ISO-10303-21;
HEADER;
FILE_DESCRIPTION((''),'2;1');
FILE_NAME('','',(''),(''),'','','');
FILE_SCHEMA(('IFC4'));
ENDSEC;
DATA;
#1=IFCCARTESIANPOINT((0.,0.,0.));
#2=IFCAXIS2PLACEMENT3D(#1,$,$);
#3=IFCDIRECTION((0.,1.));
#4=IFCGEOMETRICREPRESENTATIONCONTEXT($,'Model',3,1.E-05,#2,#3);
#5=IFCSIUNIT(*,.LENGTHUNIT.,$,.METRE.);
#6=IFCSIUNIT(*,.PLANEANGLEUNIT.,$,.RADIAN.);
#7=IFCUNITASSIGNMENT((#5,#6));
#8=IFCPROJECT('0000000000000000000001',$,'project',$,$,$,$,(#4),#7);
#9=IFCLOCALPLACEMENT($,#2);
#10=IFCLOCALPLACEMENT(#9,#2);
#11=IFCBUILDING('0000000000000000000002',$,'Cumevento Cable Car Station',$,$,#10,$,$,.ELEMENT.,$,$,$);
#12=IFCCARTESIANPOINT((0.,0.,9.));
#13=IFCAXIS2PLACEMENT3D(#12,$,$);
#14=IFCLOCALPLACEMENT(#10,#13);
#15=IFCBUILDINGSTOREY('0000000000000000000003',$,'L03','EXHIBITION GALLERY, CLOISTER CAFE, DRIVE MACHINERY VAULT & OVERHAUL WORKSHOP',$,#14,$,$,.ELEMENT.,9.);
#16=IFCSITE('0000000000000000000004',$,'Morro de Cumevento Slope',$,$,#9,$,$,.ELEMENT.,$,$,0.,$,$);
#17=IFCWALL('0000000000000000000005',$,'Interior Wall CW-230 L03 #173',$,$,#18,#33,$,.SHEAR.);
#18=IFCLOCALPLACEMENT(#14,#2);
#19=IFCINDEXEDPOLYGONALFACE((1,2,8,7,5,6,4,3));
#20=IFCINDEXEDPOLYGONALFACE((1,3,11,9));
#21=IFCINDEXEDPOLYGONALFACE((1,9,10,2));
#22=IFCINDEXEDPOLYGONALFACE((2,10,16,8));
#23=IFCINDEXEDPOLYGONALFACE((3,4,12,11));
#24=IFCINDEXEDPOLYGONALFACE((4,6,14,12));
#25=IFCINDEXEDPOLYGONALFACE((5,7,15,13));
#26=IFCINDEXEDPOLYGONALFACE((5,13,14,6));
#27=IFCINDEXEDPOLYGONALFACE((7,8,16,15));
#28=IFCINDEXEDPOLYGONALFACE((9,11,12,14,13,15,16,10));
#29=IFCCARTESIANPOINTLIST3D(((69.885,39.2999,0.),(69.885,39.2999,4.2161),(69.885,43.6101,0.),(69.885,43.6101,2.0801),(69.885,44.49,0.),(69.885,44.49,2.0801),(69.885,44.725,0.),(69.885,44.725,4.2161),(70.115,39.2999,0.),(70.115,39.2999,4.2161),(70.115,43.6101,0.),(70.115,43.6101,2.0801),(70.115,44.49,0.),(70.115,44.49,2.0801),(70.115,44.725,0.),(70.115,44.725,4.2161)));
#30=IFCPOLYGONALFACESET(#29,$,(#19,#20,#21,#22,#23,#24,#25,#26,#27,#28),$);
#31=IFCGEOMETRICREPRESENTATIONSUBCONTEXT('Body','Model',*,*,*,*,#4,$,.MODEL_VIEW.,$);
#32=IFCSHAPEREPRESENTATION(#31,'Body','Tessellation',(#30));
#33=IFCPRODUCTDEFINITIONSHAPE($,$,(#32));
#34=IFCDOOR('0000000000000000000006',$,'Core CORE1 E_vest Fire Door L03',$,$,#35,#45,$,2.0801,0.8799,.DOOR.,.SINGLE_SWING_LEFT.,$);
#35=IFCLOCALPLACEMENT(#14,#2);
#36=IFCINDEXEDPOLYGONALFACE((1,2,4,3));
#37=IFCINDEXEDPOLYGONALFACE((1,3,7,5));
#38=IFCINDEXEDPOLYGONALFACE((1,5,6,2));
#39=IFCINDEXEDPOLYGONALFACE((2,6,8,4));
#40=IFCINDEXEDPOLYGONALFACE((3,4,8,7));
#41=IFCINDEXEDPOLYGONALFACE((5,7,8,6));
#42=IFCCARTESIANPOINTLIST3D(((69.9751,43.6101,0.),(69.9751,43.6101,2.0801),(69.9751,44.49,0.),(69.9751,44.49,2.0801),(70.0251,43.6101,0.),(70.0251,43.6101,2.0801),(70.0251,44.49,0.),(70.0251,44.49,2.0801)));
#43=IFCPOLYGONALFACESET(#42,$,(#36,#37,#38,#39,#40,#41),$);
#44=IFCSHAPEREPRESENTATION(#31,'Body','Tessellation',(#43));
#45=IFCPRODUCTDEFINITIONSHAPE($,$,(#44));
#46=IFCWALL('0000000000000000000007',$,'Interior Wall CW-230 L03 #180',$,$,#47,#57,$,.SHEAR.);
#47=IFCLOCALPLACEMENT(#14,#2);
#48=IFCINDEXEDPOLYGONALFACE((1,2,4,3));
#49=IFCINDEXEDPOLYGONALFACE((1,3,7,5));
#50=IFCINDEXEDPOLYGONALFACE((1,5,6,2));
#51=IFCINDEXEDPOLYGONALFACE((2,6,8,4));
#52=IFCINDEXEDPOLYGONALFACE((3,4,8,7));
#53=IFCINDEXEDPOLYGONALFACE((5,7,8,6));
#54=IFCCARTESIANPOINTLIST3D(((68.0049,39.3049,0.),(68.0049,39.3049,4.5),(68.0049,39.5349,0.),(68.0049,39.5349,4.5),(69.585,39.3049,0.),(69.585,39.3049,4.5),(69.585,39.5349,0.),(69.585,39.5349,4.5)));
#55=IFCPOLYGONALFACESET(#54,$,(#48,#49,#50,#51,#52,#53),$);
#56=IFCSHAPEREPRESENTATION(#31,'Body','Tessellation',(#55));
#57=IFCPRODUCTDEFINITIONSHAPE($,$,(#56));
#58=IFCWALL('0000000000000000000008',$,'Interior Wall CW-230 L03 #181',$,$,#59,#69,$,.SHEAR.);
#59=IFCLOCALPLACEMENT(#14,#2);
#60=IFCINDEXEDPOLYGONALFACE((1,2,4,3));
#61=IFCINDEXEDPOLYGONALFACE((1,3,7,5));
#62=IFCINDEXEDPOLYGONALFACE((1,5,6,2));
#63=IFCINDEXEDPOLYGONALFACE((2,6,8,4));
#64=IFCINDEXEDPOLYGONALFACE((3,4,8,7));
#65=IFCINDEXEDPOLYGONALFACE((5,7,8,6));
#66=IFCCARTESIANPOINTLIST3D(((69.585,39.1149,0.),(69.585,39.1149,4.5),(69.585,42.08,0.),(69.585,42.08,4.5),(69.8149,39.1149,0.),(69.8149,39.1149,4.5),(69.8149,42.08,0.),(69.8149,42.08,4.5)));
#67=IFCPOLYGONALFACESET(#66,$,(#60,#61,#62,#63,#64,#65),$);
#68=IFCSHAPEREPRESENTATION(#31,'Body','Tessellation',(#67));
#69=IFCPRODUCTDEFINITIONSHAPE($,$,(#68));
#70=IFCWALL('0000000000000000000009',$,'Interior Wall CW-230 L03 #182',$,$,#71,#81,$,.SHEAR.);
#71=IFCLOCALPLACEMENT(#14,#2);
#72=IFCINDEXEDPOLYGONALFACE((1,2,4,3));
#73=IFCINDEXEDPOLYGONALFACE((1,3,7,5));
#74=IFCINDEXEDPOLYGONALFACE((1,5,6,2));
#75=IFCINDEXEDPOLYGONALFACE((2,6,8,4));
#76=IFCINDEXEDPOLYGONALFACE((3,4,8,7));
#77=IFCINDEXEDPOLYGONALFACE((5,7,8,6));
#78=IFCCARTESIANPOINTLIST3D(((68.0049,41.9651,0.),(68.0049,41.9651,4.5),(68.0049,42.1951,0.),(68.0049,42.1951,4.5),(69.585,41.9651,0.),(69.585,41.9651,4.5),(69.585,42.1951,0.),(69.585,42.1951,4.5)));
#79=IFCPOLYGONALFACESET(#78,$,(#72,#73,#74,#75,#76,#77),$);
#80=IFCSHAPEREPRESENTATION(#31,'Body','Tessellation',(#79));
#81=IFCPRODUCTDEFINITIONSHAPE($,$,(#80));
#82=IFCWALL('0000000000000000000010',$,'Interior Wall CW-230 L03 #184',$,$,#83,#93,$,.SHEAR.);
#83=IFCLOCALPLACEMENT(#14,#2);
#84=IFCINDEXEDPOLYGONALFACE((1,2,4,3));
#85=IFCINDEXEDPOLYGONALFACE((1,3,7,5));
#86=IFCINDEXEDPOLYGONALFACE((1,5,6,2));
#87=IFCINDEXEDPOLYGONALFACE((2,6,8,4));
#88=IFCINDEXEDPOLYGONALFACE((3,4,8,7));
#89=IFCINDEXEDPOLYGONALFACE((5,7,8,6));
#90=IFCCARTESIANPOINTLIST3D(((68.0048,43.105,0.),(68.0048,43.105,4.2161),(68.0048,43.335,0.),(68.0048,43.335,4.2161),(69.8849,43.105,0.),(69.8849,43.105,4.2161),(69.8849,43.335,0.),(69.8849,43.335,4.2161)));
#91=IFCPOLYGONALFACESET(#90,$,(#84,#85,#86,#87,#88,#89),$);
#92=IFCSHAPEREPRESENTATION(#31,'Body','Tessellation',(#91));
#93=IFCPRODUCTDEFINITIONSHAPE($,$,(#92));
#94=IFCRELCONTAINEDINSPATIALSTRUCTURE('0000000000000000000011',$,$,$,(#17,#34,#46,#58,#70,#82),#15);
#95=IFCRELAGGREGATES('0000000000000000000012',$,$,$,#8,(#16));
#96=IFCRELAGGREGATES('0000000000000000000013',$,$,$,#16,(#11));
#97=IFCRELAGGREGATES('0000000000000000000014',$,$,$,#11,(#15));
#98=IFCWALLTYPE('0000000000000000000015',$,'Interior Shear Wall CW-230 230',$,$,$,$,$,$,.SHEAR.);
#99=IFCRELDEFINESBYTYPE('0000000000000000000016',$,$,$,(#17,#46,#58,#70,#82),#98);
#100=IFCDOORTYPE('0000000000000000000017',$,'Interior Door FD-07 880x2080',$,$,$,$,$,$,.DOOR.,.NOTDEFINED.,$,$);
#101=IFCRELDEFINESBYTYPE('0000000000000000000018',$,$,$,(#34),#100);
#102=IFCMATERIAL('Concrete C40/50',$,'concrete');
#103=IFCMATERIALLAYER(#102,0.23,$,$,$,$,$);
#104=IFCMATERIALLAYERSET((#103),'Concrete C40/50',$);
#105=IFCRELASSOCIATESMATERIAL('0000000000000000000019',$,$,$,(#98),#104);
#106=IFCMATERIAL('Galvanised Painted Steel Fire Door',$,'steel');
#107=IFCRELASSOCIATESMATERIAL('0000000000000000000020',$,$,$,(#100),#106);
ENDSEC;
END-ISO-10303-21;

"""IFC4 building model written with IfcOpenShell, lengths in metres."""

from ifc_helpers import new_model, si_unit, direction, frame, frame_2d, origin, place, context, subcontext, project, spatial, rectangle, extrude, material, layer, layer_set, type_object, element, fill, save


model = new_model("IFC4")

# Units and contexts
model_context = context("Model", 3, precision=1e-05, world=origin(), true_north=direction((0.0, 1.0)))
body_context = subcontext(model_context, "Body", "Model", "MODEL_VIEW")
ifc_project = project(units=[si_unit("LENGTHUNIT", "METRE"), si_unit("PLANEANGLEUNIT", "RADIAN")], contexts=[model_context])

# Site, building, storey
site_placement = place(None, origin())
site = spatial("IfcSite", under=ifc_project, at=site_placement, Name="Morro de Cumevento Slope", CompositionType="ELEMENT", RefElevation=0.0)
building_placement = place(site_placement, origin())
building = spatial("IfcBuilding", under=site, at=building_placement, Name="Cumevento Cable Car Station", CompositionType="ELEMENT")
storey_placement = place(building_placement, frame((0.0, 0.0, 9.0)))
storey = spatial("IfcBuildingStorey", under=building, at=storey_placement, Name="L03", Description="EXHIBITION GALLERY, CLOISTER CAFE, DRIVE MACHINERY VAULT & OVERHAUL WORKSHOP", CompositionType="ELEMENT", Elevation=9.0)

# Wall, opening, door
ifc_material_1 = material(Name="Concrete C40/50", Category="concrete")
ifc_layer_1 = layer(ifc_material_1, 0.23)
ifc_layer_set_1 = layer_set([ifc_layer_1], Name="Concrete C40/50")
wall_type_1 = type_object("IfcWallType", Name="Interior Shear Wall CW-230 230", PredefinedType="SHEAR", material=ifc_layer_set_1)
wall_1_placement = place(storey_placement, frame((70.0, 39.3, 0.0), z_axis=(0.0, 0.0, 1.0), x_axis=(0.0, 1.0, 0.0)))
wall_1 = element("IfcWall", 1, at=wall_1_placement, inside=storey, type_object=wall_type_1, Name="Interior Wall CW-230 L03 #173", PredefinedType="SHEAR", context=body_context, shape_type="SweptSolid", body=[
    extrude(rectangle(XDim=5.425, YDim=0.23, at=frame_2d((2.7124, 0.0))), origin(), (0.0, 0.0, 1.0), 4.2161),
])
opening_1_placement = place(wall_1_placement, frame((4.3101, 0.0, 0.0)))
opening_1 = element("IfcOpeningElement", 2, at=opening_1_placement, cuts=wall_1, PredefinedType="OPENING", context=body_context, shape_type="SweptSolid", body=[
    extrude(rectangle(XDim=0.8799, YDim=2.0801, at=frame_2d((0.4399, 1.04))), frame((0.0, 0.125, 0.0), z_axis=(0.0, -1.0, 0.0), x_axis=(1.0, 0.0, 0.0)), (0.0, 0.0, 1.0), 0.25),
])
ifc_material_2 = material(Name="Galvanised Painted Steel Fire Door", Category="steel")
door_type_1 = type_object("IfcDoorType", Name="Interior Door FD-07 880x2080", OperationType="NOTDEFINED", PredefinedType="DOOR", material=ifc_material_2)
door_1_placement = place(opening_1_placement, origin())
door_1 = element("IfcDoor", 3, at=door_1_placement, inside=storey, type_object=door_type_1, Name="Core CORE1 E_vest Fire Door L03", OperationType="SINGLE_SWING_LEFT", OverallHeight=2.0801, OverallWidth=0.8799, PredefinedType="DOOR", context=body_context, shape_type="SweptSolid", body=[
    extrude(rectangle(XDim=0.8799, YDim=2.0801, at=frame_2d((0.4399, 1.04))), frame((0.0, 0.0249, 0.0), z_axis=(0.0, -1.0, 0.0), x_axis=(1.0, 0.0, 0.0)), (0.0, 0.0, 1.0), 0.05),
])
fill(opening_1, door_1)

# Walls
wall_2_placement = place(storey_placement, frame((68.0049, 39.4199, 0.0), z_axis=(0.0, 0.0, 1.0), x_axis=(1.0, 0.0, 0.0)))
element("IfcWall", 4, at=wall_2_placement, inside=storey, type_object=wall_type_1, Name="Interior Wall CW-230 L03 #180", PredefinedType="SHEAR", context=body_context, shape_type="SweptSolid", body=[
    extrude(rectangle(XDim=1.5801, YDim=0.23, at=frame_2d((0.79, 0.0))), origin(), (0.0, 0.0, 1.0), 4.5),
])
wall_3_placement = place(storey_placement, frame((69.7, 39.115, 0.0), z_axis=(0.0, 0.0, 1.0), x_axis=(0.0, 1.0, 0.0)))
element("IfcWall", 5, at=wall_3_placement, inside=storey, type_object=wall_type_1, Name="Interior Wall CW-230 L03 #181", PredefinedType="SHEAR", context=body_context, shape_type="SweptSolid", body=[
    extrude(rectangle(XDim=2.9651, YDim=0.23, at=frame_2d((1.4824, 0.0))), origin(), (0.0, 0.0, 1.0), 4.5),
])
wall_4_placement = place(storey_placement, frame((68.0049, 42.0801, 0.0), z_axis=(0.0, 0.0, 1.0), x_axis=(1.0, 0.0, 0.0)))
element("IfcWall", 6, at=wall_4_placement, inside=storey, type_object=wall_type_1, Name="Interior Wall CW-230 L03 #182", PredefinedType="SHEAR", context=body_context, shape_type="SweptSolid", body=[
    extrude(rectangle(XDim=1.5801, YDim=0.23, at=frame_2d((0.79, 0.0))), origin(), (0.0, 0.0, 1.0), 4.5),
])
wall_5_placement = place(storey_placement, frame((68.0049, 43.22, 0.0), z_axis=(0.0, 0.0, 1.0), x_axis=(1.0, 0.0, 0.0)))
element("IfcWall", 7, at=wall_5_placement, inside=storey, type_object=wall_type_1, Name="Interior Wall CW-230 L03 #184", PredefinedType="SHEAR", context=body_context, shape_type="SweptSolid", body=[
    extrude(rectangle(XDim=1.8801, YDim=0.23, at=frame_2d((0.9399, 0.0))), origin(), (0.0, 0.0, 1.0), 4.2161),
])

save(model, "model.ifc")
